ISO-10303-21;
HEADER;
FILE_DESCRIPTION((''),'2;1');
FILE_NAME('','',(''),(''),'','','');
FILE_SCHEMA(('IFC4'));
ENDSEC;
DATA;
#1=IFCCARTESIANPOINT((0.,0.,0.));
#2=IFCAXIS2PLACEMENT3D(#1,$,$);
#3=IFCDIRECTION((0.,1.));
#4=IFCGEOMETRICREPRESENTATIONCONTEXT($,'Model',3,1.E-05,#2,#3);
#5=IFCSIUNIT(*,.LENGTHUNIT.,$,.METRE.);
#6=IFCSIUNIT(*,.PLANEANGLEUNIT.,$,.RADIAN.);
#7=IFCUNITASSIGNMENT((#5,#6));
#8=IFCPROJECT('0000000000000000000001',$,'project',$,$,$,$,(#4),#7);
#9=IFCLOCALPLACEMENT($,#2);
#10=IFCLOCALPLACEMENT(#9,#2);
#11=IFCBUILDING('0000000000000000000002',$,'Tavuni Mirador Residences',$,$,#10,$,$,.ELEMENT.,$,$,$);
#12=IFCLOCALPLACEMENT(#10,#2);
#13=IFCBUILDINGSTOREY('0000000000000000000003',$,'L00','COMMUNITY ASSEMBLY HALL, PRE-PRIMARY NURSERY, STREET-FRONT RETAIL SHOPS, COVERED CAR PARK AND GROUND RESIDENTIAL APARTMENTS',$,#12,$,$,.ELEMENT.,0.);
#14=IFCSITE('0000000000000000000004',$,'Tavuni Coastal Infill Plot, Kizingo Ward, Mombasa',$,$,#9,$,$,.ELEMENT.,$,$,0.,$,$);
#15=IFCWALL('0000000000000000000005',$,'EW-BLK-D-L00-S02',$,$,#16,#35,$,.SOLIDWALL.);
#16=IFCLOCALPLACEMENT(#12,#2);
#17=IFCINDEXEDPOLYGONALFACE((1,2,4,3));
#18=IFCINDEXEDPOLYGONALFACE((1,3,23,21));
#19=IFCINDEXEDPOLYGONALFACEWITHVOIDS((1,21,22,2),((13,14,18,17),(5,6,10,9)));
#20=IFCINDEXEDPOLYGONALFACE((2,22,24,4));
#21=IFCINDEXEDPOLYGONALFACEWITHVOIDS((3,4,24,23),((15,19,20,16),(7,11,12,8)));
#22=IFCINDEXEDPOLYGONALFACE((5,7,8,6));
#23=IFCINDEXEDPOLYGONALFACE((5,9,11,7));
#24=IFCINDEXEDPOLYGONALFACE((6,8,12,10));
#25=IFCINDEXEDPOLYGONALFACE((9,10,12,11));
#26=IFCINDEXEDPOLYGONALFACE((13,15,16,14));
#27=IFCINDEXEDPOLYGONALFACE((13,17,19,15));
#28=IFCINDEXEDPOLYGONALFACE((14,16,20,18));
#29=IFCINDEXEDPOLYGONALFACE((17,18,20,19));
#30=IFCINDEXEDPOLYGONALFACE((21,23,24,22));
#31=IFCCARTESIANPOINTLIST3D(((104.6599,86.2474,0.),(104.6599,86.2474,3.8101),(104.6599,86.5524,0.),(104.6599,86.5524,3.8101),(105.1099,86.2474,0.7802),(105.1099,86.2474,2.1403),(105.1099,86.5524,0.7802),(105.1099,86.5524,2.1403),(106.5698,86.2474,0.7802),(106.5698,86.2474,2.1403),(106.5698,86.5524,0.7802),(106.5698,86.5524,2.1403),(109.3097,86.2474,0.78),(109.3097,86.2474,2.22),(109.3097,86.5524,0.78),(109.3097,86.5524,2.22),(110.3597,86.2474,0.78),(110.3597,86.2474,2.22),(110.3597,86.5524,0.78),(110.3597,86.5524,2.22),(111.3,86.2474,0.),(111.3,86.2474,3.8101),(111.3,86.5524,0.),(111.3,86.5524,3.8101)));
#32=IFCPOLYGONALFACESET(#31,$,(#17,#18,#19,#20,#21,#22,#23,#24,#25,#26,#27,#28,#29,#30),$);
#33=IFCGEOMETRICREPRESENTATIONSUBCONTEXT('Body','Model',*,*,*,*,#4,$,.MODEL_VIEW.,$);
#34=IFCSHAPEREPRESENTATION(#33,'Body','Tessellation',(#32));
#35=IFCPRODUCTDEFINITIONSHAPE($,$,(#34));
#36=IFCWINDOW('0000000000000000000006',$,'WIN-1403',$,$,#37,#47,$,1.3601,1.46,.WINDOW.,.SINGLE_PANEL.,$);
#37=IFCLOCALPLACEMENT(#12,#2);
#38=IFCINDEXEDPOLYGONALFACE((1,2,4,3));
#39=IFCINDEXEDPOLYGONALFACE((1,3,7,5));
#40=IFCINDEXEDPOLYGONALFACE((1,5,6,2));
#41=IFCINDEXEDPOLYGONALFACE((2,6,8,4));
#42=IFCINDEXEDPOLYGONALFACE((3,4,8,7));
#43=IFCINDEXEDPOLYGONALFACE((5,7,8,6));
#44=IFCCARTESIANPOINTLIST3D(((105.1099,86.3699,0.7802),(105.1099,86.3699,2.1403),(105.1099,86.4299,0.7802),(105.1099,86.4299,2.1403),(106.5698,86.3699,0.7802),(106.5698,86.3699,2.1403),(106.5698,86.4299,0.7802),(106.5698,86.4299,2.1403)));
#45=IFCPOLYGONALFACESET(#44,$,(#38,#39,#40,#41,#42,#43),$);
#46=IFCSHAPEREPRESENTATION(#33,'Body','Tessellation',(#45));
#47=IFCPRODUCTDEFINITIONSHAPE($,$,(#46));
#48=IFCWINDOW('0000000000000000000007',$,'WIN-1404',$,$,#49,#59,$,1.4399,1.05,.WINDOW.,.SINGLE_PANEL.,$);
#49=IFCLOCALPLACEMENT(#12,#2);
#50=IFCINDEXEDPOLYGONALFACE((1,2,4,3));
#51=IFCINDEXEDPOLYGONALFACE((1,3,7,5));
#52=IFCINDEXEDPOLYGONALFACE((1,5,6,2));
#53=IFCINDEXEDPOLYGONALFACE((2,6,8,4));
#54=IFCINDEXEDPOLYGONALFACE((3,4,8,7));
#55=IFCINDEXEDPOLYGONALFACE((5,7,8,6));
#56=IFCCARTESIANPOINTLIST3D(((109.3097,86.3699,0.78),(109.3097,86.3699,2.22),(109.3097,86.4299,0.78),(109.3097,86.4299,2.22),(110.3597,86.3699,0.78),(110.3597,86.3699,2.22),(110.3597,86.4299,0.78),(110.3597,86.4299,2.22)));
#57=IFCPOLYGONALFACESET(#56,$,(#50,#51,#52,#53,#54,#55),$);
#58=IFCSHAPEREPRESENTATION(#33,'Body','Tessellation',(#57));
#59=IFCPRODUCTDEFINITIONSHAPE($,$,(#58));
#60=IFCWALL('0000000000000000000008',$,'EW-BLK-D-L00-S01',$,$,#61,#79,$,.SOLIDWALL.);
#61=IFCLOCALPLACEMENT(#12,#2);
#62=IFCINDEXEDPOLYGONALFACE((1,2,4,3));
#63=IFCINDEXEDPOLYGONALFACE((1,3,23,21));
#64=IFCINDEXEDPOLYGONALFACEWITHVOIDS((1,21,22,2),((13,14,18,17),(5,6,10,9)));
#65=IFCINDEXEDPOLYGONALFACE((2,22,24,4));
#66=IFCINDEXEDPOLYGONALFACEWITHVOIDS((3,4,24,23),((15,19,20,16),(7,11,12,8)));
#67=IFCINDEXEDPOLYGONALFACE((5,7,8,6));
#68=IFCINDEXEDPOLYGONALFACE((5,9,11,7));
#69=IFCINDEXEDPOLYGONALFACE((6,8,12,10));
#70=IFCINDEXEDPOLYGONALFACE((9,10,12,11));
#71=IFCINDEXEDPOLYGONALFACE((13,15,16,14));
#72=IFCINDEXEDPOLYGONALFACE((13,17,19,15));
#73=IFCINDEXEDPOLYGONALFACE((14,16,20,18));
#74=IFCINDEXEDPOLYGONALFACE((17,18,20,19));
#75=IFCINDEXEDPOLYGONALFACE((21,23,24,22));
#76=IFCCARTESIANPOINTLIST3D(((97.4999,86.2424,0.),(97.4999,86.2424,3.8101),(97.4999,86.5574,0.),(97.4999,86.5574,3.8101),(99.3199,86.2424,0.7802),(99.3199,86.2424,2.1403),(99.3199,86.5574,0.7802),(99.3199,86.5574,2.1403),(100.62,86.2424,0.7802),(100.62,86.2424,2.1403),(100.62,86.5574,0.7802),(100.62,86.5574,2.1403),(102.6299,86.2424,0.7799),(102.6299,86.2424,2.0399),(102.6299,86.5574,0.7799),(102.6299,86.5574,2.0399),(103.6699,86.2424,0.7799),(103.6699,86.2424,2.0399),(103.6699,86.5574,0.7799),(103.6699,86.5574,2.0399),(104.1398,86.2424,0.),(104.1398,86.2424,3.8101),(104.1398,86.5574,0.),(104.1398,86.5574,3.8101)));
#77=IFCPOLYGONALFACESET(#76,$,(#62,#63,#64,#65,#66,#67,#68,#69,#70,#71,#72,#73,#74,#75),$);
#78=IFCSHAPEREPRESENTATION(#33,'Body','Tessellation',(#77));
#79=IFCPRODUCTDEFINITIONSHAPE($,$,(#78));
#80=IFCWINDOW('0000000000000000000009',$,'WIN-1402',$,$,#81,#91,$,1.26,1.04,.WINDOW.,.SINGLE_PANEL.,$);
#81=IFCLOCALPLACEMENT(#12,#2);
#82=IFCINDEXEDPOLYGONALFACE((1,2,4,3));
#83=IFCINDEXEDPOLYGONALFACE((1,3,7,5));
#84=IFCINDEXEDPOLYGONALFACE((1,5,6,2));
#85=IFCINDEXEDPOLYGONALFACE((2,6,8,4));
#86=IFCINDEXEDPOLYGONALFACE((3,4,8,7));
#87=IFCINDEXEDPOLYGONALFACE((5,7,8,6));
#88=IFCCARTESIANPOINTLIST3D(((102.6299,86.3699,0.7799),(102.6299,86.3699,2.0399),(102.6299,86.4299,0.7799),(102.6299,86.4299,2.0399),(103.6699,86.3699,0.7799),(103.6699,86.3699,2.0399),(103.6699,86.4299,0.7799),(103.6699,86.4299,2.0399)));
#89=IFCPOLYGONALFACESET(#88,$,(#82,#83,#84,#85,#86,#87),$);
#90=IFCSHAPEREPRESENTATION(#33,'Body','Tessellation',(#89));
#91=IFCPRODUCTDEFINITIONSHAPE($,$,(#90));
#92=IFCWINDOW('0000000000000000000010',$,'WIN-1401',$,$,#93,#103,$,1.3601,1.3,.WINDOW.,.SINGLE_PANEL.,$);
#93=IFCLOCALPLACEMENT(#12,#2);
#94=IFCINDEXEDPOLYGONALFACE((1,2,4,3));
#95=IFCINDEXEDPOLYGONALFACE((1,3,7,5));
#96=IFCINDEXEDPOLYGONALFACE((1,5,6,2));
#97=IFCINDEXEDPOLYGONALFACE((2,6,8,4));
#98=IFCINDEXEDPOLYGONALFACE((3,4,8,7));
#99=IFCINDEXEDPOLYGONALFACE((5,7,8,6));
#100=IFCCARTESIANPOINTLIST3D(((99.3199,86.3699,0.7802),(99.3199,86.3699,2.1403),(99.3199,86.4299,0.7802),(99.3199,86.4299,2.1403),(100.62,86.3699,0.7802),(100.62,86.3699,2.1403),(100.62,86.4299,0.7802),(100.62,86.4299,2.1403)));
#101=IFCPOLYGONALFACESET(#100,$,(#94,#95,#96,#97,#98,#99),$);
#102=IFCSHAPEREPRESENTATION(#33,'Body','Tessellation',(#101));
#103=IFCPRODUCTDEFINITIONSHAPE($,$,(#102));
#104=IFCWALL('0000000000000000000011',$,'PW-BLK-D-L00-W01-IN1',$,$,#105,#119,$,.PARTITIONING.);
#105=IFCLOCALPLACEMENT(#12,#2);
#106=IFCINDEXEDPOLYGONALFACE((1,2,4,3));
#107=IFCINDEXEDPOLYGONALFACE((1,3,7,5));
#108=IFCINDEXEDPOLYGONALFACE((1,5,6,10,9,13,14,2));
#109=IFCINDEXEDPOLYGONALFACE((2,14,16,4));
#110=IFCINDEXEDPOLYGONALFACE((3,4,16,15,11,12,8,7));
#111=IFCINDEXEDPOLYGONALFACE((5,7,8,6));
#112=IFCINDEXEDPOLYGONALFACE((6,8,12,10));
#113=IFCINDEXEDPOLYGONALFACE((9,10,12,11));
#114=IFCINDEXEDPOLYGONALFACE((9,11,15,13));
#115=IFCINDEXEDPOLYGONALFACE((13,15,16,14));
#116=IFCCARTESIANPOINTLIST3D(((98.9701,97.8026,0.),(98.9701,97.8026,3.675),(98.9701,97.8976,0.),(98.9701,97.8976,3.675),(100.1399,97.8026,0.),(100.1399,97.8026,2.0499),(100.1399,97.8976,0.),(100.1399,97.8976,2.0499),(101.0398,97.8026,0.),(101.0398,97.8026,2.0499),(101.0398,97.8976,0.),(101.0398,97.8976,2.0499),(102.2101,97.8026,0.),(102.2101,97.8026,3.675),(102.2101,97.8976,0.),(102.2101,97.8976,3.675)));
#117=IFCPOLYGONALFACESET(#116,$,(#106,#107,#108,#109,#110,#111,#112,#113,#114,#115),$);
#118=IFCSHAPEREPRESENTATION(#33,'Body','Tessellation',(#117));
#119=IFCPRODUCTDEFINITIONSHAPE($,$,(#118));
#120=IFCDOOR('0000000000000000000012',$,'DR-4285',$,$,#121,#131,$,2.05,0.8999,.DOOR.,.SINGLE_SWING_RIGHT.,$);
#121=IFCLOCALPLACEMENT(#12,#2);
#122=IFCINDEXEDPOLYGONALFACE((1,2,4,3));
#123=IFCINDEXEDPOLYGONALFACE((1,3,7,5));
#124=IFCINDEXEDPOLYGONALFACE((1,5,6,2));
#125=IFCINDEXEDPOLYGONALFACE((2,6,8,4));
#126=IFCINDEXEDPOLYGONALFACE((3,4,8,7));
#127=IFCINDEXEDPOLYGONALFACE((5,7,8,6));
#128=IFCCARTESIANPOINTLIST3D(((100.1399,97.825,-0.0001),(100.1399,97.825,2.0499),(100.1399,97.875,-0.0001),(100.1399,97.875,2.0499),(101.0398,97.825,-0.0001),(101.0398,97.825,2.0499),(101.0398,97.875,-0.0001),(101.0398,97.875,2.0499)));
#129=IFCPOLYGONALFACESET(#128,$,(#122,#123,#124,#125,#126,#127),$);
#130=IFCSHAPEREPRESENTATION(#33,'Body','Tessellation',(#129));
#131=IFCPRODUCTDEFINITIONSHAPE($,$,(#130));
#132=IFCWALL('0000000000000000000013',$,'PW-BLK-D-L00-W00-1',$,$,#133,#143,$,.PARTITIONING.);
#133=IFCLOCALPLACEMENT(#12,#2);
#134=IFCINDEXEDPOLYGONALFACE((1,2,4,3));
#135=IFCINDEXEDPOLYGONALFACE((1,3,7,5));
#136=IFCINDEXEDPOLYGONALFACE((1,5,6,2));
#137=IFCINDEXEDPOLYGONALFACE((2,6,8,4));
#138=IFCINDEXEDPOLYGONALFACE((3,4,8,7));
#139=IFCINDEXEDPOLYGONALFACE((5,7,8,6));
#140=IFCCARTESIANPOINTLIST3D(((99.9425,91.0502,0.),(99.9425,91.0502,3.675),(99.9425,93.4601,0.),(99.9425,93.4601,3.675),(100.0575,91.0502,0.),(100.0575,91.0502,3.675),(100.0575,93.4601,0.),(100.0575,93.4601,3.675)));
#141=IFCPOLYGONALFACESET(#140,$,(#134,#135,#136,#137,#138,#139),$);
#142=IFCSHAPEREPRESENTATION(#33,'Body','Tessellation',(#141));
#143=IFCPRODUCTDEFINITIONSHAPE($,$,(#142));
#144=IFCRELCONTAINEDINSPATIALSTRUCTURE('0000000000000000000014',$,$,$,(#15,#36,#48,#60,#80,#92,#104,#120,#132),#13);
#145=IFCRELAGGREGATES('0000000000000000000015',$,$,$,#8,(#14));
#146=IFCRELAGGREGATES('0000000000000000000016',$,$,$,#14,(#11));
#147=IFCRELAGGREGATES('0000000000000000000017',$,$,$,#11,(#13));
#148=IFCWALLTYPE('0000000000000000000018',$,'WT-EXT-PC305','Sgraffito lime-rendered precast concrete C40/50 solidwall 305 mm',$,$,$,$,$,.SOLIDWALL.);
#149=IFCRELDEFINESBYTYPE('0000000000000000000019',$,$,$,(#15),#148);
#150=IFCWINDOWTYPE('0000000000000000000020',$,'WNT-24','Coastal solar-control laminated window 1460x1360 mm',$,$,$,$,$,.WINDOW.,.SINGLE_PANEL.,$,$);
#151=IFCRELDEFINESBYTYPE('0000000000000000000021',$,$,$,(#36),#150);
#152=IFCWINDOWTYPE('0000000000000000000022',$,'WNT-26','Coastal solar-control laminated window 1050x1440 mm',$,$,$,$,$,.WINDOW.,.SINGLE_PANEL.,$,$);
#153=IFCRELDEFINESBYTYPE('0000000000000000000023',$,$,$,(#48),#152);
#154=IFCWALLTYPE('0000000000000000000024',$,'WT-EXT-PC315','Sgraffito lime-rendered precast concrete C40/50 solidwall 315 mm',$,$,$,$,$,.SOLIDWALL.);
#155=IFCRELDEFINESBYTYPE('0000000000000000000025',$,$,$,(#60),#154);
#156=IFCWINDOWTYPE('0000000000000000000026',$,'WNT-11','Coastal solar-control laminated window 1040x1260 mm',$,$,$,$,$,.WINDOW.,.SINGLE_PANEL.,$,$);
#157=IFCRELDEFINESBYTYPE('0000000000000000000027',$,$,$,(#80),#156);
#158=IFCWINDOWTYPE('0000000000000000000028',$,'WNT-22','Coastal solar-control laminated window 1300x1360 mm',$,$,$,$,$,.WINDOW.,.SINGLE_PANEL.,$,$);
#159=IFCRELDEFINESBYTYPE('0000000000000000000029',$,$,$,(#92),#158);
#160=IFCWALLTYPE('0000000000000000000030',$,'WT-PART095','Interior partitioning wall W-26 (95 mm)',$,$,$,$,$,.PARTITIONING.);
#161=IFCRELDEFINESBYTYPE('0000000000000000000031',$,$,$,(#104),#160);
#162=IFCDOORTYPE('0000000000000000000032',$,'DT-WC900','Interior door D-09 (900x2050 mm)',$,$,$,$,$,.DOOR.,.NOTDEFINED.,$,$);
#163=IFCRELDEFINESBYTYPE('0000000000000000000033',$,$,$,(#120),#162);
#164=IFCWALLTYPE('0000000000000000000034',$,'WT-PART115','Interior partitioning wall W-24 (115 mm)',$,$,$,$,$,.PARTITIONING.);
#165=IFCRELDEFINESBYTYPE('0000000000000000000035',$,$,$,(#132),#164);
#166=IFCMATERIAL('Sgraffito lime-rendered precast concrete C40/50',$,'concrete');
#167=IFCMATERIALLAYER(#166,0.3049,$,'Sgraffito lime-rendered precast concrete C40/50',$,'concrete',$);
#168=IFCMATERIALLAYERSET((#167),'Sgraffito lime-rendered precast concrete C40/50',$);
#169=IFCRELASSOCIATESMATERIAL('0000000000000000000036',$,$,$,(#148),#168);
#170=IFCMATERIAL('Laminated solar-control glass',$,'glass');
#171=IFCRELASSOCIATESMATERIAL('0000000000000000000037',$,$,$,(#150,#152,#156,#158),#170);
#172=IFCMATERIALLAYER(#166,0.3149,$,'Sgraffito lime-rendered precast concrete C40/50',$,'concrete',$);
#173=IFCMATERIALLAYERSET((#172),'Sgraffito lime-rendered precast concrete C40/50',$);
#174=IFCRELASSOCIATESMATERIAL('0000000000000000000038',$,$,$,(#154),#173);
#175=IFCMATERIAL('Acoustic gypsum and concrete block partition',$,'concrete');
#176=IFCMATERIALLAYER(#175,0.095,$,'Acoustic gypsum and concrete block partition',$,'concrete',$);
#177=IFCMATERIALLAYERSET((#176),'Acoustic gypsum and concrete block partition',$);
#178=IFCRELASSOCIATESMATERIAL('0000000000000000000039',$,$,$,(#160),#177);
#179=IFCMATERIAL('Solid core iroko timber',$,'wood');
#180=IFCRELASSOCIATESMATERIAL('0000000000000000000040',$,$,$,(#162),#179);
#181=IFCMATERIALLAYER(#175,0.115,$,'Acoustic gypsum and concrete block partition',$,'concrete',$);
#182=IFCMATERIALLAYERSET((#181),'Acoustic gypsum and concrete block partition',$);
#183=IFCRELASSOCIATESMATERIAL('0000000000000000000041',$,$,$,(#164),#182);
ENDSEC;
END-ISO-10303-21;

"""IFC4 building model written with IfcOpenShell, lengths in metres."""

from ifc_helpers import new_model, si_unit, direction, frame, frame_2d, origin, place, context, subcontext, project, spatial, rectangle, extrude, material, layer, layer_set, type_object, element, fill, save


model = new_model("IFC4")

# Units and contexts
model_context = context("Model", 3, precision=1e-05, world=origin(), true_north=direction((0.0, 1.0)))
body_context = subcontext(model_context, "Body", "Model", "MODEL_VIEW")
ifc_project = project(units=[si_unit("LENGTHUNIT", "METRE"), si_unit("PLANEANGLEUNIT", "RADIAN")], contexts=[model_context])

# Site, building, storey
site_placement = place(None, origin())
site = spatial("IfcSite", under=ifc_project, at=site_placement, Name="Tavuni Coastal Infill Plot, Kizingo Ward, Mombasa", CompositionType="ELEMENT", RefElevation=0.0)
building_placement = place(site_placement, origin())
building = spatial("IfcBuilding", under=site, at=building_placement, Name="Tavuni Mirador Residences", CompositionType="ELEMENT")
storey_placement = place(building_placement, origin())
storey = spatial("IfcBuildingStorey", under=building, at=storey_placement, Name="L00", Description="COMMUNITY ASSEMBLY HALL, PRE-PRIMARY NURSERY, STREET-FRONT RETAIL SHOPS, COVERED CAR PARK AND GROUND RESIDENTIAL APARTMENTS", CompositionType="ELEMENT", Elevation=0.0)

# Shared definitions
ifc_material_1 = material(Name="Solid core iroko timber", Category="wood")

# Walls, openings, windows
ifc_material_2 = material(Name="Sgraffito lime-rendered precast concrete C40/50", Category="concrete")
ifc_layer_1 = layer(ifc_material_2, 0.3049, Name="Sgraffito lime-rendered precast concrete C40/50", Category="concrete")
ifc_layer_set_1 = layer_set([ifc_layer_1], Name="Sgraffito lime-rendered precast concrete C40/50")
wall_type_1 = type_object("IfcWallType", Name="WT-EXT-PC305", Description="Sgraffito lime-rendered precast concrete C40/50 solidwall 305 mm", PredefinedType="SOLIDWALL", material=ifc_layer_set_1)
wall_1_placement = place(storey_placement, frame((104.6599, 86.3999, 0.0), z_axis=(0.0, 0.0, 1.0), x_axis=(1.0, 0.0, 0.0)))
wall_1 = element("IfcWall", 1, at=wall_1_placement, inside=storey, type_object=wall_type_1, Name="EW-BLK-D-L00-S02", PredefinedType="SOLIDWALL", context=body_context, shape_type="SweptSolid", body=[
    extrude(rectangle(XDim=6.6401, YDim=0.3049, at=frame_2d((3.3201, 0.0))), origin(), (0.0, 0.0, 1.0), 3.8101),
])
opening_1_placement = place(wall_1_placement, frame((0.45, 0.0, 0.78)))
opening_1 = element("IfcOpeningElement", 2, at=opening_1_placement, cuts=wall_1, PredefinedType="OPENING", context=body_context, shape_type="SweptSolid", body=[
    extrude(rectangle(XDim=1.46, YDim=1.3601, at=frame_2d((0.73, 0.6802))), frame((0.0, 0.1626, 0.0), z_axis=(0.0, -1.0, 0.0), x_axis=(1.0, 0.0, 0.0)), (0.0, 0.0, 1.0), 0.325),
])
opening_2_placement = place(wall_1_placement, frame((4.6499, 0.0, 0.78)))
opening_2 = element("IfcOpeningElement", 3, at=opening_2_placement, cuts=wall_1, PredefinedType="OPENING", context=body_context, shape_type="SweptSolid", body=[
    extrude(rectangle(XDim=1.05, YDim=1.4399, at=frame_2d((0.5249, 0.72))), frame((0.0, 0.1626, 0.0), z_axis=(0.0, -1.0, 0.0), x_axis=(1.0, 0.0, 0.0)), (0.0, 0.0, 1.0), 0.325),
])
ifc_material_3 = material(Name="Laminated solar-control glass", Category="glass")
window_type_1 = type_object("IfcWindowType", Name="WNT-24", Description="Coastal solar-control laminated window 1460x1360 mm", PartitioningType="SINGLE_PANEL", PredefinedType="WINDOW", material=ifc_material_3)
window_1_placement = place(opening_1_placement, origin())
window_1 = element("IfcWindow", 4, at=window_1_placement, inside=storey, type_object=window_type_1, Name="WIN-1403", OverallHeight=1.3601, OverallWidth=1.46, PartitioningType="SINGLE_PANEL", PredefinedType="WINDOW", context=body_context, shape_type="SweptSolid", body=[
    extrude(rectangle(XDim=1.46, YDim=1.3601, at=frame_2d((0.73, 0.6802))), frame((0.0, 0.03, 0.0), z_axis=(0.0, -1.0, 0.0), x_axis=(1.0, 0.0, 0.0)), (0.0, 0.0, 1.0), 0.0601),
])
fill(opening_1, window_1)
window_type_2 = type_object("IfcWindowType", Name="WNT-26", Description="Coastal solar-control laminated window 1050x1440 mm", PartitioningType="SINGLE_PANEL", PredefinedType="WINDOW", material=ifc_material_3)
window_2_placement = place(opening_2_placement, origin())
window_2 = element("IfcWindow", 5, at=window_2_placement, inside=storey, type_object=window_type_2, Name="WIN-1404", OverallHeight=1.4399, OverallWidth=1.05, PartitioningType="SINGLE_PANEL", PredefinedType="WINDOW", context=body_context, shape_type="SweptSolid", body=[
    extrude(rectangle(XDim=1.05, YDim=1.4399, at=frame_2d((0.5249, 0.72))), frame((0.0, 0.03, 0.0), z_axis=(0.0, -1.0, 0.0), x_axis=(1.0, 0.0, 0.0)), (0.0, 0.0, 1.0), 0.0601),
])
fill(opening_2, window_2)
ifc_layer_2 = layer(ifc_material_2, 0.3149, Name="Sgraffito lime-rendered precast concrete C40/50", Category="concrete")
ifc_layer_set_2 = layer_set([ifc_layer_2], Name="Sgraffito lime-rendered precast concrete C40/50")
wall_type_2 = type_object("IfcWallType", Name="WT-EXT-PC315", Description="Sgraffito lime-rendered precast concrete C40/50 solidwall 315 mm", PredefinedType="SOLIDWALL", material=ifc_layer_set_2)
wall_2_placement = place(storey_placement, frame((97.5, 86.3999, 0.0), z_axis=(0.0, 0.0, 1.0), x_axis=(1.0, 0.0, 0.0)))
wall_2 = element("IfcWall", 6, at=wall_2_placement, inside=storey, type_object=wall_type_2, Name="EW-BLK-D-L00-S01", PredefinedType="SOLIDWALL", context=body_context, shape_type="SweptSolid", body=[
    extrude(rectangle(XDim=6.6399, YDim=0.3149, at=frame_2d((3.3198, 0.0))), origin(), (0.0, 0.0, 1.0), 3.8101),
])
opening_3_placement = place(wall_2_placement, frame((1.8201, 0.0, 0.78)))
opening_3 = element("IfcOpeningElement", 7, at=opening_3_placement, cuts=wall_2, PredefinedType="OPENING", context=body_context, shape_type="SweptSolid", body=[
    extrude(rectangle(XDim=1.3, YDim=1.3601, at=frame_2d((0.6499, 0.6802))), frame((0.0, 0.1675, 0.0), z_axis=(0.0, -1.0, 0.0), x_axis=(1.0, 0.0, 0.0)), (0.0, 0.0, 1.0), 0.335),
])
opening_4_placement = place(wall_2_placement, frame((5.1299, 0.0, 0.78)))
opening_4 = element("IfcOpeningElement", 8, at=opening_4_placement, cuts=wall_2, PredefinedType="OPENING", context=body_context, shape_type="SweptSolid", body=[
    extrude(rectangle(XDim=1.04, YDim=1.26, at=frame_2d((0.52, 0.6299))), frame((0.0, 0.1675, 0.0), z_axis=(0.0, -1.0, 0.0), x_axis=(1.0, 0.0, 0.0)), (0.0, 0.0, 1.0), 0.335),
])
window_type_3 = type_object("IfcWindowType", Name="WNT-11", Description="Coastal solar-control laminated window 1040x1260 mm", PartitioningType="SINGLE_PANEL", PredefinedType="WINDOW", material=ifc_material_3)
window_3_placement = place(opening_4_placement, origin())
window_3 = element("IfcWindow", 9, at=window_3_placement, inside=storey, type_object=window_type_3, Name="WIN-1402", OverallHeight=1.26, OverallWidth=1.04, PartitioningType="SINGLE_PANEL", PredefinedType="WINDOW", context=body_context, shape_type="SweptSolid", body=[
    extrude(rectangle(XDim=1.04, YDim=1.26, at=frame_2d((0.52, 0.6299))), frame((0.0, 0.03, 0.0), z_axis=(0.0, -1.0, 0.0), x_axis=(1.0, 0.0, 0.0)), (0.0, 0.0, 1.0), 0.0601),
])
fill(opening_4, window_3)
window_type_4 = type_object("IfcWindowType", Name="WNT-22", Description="Coastal solar-control laminated window 1300x1360 mm", PartitioningType="SINGLE_PANEL", PredefinedType="WINDOW", material=ifc_material_3)
window_4_placement = place(opening_3_placement, origin())
window_4 = element("IfcWindow", 10, at=window_4_placement, inside=storey, type_object=window_type_4, Name="WIN-1401", OverallHeight=1.3601, OverallWidth=1.3, PartitioningType="SINGLE_PANEL", PredefinedType="WINDOW", context=body_context, shape_type="SweptSolid", body=[
    extrude(rectangle(XDim=1.3, YDim=1.3601, at=frame_2d((0.6499, 0.6802))), frame((0.0, 0.03, 0.0), z_axis=(0.0, -1.0, 0.0), x_axis=(1.0, 0.0, 0.0)), (0.0, 0.0, 1.0), 0.0601),
])
fill(opening_3, window_4)

# Wall, opening, door
ifc_material_4 = material(Name="Acoustic gypsum and concrete block partition", Category="concrete")
ifc_layer_3 = layer(ifc_material_4, 0.095, Name="Acoustic gypsum and concrete block partition", Category="concrete")
ifc_layer_set_3 = layer_set([ifc_layer_3], Name="Acoustic gypsum and concrete block partition")
wall_type_3 = type_object("IfcWallType", Name="WT-PART095", Description="Interior partitioning wall W-26 (95 mm)", PredefinedType="PARTITIONING", material=ifc_layer_set_3)
wall_3_placement = place(storey_placement, frame((98.97, 97.8501, 0.0), z_axis=(0.0, 0.0, 1.0), x_axis=(1.0, 0.0, 0.0)))
wall_3 = element("IfcWall", 11, at=wall_3_placement, inside=storey, type_object=wall_type_3, Name="PW-BLK-D-L00-W01-IN1", PredefinedType="PARTITIONING", context=body_context, shape_type="SweptSolid", body=[
    extrude(rectangle(XDim=3.24, YDim=0.095, at=frame_2d((1.6201, 0.0))), origin(), (0.0, 0.0, 1.0), 3.675),
])
opening_5_placement = place(wall_3_placement, frame((1.1699, 0.0, 0.0)))
opening_5 = element("IfcOpeningElement", 12, at=opening_5_placement, cuts=wall_3, PredefinedType="OPENING", context=body_context, shape_type="SweptSolid", body=[
    extrude(rectangle(XDim=0.8999, YDim=2.05, at=frame_2d((0.45, 1.0249))), frame((0.0, 0.0576, 0.0), z_axis=(0.0, -1.0, 0.0), x_axis=(1.0, 0.0, 0.0)), (0.0, 0.0, 1.0), 0.115),
])
door_type_1 = type_object("IfcDoorType", Name="DT-WC900", Description="Interior door D-09 (900x2050 mm)", OperationType="NOTDEFINED", PredefinedType="DOOR", material=ifc_material_1)
door_1_placement = place(opening_5_placement, origin())
door_1 = element("IfcDoor", 13, at=door_1_placement, inside=storey, type_object=door_type_1, Name="DR-4285", OperationType="SINGLE_SWING_RIGHT", OverallHeight=2.05, OverallWidth=0.8999, PredefinedType="DOOR", context=body_context, shape_type="SweptSolid", body=[
    extrude(rectangle(XDim=0.8999, YDim=2.05, at=frame_2d((0.45, 1.0249))), frame((0.0, 0.0249, 0.0), z_axis=(0.0, -1.0, 0.0), x_axis=(1.0, 0.0, 0.0)), (0.0, 0.0, 1.0), 0.05),
])
fill(opening_5, door_1)

# Wall
ifc_layer_4 = layer(ifc_material_4, 0.115, Name="Acoustic gypsum and concrete block partition", Category="concrete")
ifc_layer_set_4 = layer_set([ifc_layer_4], Name="Acoustic gypsum and concrete block partition")
wall_type_4 = type_object("IfcWallType", Name="WT-PART115", Description="Interior partitioning wall W-24 (115 mm)", PredefinedType="PARTITIONING", material=ifc_layer_set_4)
wall_4_placement = place(storey_placement, frame((100.0, 91.05, 0.0), z_axis=(0.0, 0.0, 1.0), x_axis=(0.0, 1.0, 0.0)))
element("IfcWall", 14, at=wall_4_placement, inside=storey, type_object=wall_type_4, Name="PW-BLK-D-L00-W00-1", PredefinedType="PARTITIONING", context=body_context, shape_type="SweptSolid", body=[
    extrude(rectangle(XDim=2.4099, YDim=0.115, at=frame_2d((1.2051, 0.0))), origin(), (0.0, 0.0, 1.0), 3.675),
])

save(model, "model.ifc")
